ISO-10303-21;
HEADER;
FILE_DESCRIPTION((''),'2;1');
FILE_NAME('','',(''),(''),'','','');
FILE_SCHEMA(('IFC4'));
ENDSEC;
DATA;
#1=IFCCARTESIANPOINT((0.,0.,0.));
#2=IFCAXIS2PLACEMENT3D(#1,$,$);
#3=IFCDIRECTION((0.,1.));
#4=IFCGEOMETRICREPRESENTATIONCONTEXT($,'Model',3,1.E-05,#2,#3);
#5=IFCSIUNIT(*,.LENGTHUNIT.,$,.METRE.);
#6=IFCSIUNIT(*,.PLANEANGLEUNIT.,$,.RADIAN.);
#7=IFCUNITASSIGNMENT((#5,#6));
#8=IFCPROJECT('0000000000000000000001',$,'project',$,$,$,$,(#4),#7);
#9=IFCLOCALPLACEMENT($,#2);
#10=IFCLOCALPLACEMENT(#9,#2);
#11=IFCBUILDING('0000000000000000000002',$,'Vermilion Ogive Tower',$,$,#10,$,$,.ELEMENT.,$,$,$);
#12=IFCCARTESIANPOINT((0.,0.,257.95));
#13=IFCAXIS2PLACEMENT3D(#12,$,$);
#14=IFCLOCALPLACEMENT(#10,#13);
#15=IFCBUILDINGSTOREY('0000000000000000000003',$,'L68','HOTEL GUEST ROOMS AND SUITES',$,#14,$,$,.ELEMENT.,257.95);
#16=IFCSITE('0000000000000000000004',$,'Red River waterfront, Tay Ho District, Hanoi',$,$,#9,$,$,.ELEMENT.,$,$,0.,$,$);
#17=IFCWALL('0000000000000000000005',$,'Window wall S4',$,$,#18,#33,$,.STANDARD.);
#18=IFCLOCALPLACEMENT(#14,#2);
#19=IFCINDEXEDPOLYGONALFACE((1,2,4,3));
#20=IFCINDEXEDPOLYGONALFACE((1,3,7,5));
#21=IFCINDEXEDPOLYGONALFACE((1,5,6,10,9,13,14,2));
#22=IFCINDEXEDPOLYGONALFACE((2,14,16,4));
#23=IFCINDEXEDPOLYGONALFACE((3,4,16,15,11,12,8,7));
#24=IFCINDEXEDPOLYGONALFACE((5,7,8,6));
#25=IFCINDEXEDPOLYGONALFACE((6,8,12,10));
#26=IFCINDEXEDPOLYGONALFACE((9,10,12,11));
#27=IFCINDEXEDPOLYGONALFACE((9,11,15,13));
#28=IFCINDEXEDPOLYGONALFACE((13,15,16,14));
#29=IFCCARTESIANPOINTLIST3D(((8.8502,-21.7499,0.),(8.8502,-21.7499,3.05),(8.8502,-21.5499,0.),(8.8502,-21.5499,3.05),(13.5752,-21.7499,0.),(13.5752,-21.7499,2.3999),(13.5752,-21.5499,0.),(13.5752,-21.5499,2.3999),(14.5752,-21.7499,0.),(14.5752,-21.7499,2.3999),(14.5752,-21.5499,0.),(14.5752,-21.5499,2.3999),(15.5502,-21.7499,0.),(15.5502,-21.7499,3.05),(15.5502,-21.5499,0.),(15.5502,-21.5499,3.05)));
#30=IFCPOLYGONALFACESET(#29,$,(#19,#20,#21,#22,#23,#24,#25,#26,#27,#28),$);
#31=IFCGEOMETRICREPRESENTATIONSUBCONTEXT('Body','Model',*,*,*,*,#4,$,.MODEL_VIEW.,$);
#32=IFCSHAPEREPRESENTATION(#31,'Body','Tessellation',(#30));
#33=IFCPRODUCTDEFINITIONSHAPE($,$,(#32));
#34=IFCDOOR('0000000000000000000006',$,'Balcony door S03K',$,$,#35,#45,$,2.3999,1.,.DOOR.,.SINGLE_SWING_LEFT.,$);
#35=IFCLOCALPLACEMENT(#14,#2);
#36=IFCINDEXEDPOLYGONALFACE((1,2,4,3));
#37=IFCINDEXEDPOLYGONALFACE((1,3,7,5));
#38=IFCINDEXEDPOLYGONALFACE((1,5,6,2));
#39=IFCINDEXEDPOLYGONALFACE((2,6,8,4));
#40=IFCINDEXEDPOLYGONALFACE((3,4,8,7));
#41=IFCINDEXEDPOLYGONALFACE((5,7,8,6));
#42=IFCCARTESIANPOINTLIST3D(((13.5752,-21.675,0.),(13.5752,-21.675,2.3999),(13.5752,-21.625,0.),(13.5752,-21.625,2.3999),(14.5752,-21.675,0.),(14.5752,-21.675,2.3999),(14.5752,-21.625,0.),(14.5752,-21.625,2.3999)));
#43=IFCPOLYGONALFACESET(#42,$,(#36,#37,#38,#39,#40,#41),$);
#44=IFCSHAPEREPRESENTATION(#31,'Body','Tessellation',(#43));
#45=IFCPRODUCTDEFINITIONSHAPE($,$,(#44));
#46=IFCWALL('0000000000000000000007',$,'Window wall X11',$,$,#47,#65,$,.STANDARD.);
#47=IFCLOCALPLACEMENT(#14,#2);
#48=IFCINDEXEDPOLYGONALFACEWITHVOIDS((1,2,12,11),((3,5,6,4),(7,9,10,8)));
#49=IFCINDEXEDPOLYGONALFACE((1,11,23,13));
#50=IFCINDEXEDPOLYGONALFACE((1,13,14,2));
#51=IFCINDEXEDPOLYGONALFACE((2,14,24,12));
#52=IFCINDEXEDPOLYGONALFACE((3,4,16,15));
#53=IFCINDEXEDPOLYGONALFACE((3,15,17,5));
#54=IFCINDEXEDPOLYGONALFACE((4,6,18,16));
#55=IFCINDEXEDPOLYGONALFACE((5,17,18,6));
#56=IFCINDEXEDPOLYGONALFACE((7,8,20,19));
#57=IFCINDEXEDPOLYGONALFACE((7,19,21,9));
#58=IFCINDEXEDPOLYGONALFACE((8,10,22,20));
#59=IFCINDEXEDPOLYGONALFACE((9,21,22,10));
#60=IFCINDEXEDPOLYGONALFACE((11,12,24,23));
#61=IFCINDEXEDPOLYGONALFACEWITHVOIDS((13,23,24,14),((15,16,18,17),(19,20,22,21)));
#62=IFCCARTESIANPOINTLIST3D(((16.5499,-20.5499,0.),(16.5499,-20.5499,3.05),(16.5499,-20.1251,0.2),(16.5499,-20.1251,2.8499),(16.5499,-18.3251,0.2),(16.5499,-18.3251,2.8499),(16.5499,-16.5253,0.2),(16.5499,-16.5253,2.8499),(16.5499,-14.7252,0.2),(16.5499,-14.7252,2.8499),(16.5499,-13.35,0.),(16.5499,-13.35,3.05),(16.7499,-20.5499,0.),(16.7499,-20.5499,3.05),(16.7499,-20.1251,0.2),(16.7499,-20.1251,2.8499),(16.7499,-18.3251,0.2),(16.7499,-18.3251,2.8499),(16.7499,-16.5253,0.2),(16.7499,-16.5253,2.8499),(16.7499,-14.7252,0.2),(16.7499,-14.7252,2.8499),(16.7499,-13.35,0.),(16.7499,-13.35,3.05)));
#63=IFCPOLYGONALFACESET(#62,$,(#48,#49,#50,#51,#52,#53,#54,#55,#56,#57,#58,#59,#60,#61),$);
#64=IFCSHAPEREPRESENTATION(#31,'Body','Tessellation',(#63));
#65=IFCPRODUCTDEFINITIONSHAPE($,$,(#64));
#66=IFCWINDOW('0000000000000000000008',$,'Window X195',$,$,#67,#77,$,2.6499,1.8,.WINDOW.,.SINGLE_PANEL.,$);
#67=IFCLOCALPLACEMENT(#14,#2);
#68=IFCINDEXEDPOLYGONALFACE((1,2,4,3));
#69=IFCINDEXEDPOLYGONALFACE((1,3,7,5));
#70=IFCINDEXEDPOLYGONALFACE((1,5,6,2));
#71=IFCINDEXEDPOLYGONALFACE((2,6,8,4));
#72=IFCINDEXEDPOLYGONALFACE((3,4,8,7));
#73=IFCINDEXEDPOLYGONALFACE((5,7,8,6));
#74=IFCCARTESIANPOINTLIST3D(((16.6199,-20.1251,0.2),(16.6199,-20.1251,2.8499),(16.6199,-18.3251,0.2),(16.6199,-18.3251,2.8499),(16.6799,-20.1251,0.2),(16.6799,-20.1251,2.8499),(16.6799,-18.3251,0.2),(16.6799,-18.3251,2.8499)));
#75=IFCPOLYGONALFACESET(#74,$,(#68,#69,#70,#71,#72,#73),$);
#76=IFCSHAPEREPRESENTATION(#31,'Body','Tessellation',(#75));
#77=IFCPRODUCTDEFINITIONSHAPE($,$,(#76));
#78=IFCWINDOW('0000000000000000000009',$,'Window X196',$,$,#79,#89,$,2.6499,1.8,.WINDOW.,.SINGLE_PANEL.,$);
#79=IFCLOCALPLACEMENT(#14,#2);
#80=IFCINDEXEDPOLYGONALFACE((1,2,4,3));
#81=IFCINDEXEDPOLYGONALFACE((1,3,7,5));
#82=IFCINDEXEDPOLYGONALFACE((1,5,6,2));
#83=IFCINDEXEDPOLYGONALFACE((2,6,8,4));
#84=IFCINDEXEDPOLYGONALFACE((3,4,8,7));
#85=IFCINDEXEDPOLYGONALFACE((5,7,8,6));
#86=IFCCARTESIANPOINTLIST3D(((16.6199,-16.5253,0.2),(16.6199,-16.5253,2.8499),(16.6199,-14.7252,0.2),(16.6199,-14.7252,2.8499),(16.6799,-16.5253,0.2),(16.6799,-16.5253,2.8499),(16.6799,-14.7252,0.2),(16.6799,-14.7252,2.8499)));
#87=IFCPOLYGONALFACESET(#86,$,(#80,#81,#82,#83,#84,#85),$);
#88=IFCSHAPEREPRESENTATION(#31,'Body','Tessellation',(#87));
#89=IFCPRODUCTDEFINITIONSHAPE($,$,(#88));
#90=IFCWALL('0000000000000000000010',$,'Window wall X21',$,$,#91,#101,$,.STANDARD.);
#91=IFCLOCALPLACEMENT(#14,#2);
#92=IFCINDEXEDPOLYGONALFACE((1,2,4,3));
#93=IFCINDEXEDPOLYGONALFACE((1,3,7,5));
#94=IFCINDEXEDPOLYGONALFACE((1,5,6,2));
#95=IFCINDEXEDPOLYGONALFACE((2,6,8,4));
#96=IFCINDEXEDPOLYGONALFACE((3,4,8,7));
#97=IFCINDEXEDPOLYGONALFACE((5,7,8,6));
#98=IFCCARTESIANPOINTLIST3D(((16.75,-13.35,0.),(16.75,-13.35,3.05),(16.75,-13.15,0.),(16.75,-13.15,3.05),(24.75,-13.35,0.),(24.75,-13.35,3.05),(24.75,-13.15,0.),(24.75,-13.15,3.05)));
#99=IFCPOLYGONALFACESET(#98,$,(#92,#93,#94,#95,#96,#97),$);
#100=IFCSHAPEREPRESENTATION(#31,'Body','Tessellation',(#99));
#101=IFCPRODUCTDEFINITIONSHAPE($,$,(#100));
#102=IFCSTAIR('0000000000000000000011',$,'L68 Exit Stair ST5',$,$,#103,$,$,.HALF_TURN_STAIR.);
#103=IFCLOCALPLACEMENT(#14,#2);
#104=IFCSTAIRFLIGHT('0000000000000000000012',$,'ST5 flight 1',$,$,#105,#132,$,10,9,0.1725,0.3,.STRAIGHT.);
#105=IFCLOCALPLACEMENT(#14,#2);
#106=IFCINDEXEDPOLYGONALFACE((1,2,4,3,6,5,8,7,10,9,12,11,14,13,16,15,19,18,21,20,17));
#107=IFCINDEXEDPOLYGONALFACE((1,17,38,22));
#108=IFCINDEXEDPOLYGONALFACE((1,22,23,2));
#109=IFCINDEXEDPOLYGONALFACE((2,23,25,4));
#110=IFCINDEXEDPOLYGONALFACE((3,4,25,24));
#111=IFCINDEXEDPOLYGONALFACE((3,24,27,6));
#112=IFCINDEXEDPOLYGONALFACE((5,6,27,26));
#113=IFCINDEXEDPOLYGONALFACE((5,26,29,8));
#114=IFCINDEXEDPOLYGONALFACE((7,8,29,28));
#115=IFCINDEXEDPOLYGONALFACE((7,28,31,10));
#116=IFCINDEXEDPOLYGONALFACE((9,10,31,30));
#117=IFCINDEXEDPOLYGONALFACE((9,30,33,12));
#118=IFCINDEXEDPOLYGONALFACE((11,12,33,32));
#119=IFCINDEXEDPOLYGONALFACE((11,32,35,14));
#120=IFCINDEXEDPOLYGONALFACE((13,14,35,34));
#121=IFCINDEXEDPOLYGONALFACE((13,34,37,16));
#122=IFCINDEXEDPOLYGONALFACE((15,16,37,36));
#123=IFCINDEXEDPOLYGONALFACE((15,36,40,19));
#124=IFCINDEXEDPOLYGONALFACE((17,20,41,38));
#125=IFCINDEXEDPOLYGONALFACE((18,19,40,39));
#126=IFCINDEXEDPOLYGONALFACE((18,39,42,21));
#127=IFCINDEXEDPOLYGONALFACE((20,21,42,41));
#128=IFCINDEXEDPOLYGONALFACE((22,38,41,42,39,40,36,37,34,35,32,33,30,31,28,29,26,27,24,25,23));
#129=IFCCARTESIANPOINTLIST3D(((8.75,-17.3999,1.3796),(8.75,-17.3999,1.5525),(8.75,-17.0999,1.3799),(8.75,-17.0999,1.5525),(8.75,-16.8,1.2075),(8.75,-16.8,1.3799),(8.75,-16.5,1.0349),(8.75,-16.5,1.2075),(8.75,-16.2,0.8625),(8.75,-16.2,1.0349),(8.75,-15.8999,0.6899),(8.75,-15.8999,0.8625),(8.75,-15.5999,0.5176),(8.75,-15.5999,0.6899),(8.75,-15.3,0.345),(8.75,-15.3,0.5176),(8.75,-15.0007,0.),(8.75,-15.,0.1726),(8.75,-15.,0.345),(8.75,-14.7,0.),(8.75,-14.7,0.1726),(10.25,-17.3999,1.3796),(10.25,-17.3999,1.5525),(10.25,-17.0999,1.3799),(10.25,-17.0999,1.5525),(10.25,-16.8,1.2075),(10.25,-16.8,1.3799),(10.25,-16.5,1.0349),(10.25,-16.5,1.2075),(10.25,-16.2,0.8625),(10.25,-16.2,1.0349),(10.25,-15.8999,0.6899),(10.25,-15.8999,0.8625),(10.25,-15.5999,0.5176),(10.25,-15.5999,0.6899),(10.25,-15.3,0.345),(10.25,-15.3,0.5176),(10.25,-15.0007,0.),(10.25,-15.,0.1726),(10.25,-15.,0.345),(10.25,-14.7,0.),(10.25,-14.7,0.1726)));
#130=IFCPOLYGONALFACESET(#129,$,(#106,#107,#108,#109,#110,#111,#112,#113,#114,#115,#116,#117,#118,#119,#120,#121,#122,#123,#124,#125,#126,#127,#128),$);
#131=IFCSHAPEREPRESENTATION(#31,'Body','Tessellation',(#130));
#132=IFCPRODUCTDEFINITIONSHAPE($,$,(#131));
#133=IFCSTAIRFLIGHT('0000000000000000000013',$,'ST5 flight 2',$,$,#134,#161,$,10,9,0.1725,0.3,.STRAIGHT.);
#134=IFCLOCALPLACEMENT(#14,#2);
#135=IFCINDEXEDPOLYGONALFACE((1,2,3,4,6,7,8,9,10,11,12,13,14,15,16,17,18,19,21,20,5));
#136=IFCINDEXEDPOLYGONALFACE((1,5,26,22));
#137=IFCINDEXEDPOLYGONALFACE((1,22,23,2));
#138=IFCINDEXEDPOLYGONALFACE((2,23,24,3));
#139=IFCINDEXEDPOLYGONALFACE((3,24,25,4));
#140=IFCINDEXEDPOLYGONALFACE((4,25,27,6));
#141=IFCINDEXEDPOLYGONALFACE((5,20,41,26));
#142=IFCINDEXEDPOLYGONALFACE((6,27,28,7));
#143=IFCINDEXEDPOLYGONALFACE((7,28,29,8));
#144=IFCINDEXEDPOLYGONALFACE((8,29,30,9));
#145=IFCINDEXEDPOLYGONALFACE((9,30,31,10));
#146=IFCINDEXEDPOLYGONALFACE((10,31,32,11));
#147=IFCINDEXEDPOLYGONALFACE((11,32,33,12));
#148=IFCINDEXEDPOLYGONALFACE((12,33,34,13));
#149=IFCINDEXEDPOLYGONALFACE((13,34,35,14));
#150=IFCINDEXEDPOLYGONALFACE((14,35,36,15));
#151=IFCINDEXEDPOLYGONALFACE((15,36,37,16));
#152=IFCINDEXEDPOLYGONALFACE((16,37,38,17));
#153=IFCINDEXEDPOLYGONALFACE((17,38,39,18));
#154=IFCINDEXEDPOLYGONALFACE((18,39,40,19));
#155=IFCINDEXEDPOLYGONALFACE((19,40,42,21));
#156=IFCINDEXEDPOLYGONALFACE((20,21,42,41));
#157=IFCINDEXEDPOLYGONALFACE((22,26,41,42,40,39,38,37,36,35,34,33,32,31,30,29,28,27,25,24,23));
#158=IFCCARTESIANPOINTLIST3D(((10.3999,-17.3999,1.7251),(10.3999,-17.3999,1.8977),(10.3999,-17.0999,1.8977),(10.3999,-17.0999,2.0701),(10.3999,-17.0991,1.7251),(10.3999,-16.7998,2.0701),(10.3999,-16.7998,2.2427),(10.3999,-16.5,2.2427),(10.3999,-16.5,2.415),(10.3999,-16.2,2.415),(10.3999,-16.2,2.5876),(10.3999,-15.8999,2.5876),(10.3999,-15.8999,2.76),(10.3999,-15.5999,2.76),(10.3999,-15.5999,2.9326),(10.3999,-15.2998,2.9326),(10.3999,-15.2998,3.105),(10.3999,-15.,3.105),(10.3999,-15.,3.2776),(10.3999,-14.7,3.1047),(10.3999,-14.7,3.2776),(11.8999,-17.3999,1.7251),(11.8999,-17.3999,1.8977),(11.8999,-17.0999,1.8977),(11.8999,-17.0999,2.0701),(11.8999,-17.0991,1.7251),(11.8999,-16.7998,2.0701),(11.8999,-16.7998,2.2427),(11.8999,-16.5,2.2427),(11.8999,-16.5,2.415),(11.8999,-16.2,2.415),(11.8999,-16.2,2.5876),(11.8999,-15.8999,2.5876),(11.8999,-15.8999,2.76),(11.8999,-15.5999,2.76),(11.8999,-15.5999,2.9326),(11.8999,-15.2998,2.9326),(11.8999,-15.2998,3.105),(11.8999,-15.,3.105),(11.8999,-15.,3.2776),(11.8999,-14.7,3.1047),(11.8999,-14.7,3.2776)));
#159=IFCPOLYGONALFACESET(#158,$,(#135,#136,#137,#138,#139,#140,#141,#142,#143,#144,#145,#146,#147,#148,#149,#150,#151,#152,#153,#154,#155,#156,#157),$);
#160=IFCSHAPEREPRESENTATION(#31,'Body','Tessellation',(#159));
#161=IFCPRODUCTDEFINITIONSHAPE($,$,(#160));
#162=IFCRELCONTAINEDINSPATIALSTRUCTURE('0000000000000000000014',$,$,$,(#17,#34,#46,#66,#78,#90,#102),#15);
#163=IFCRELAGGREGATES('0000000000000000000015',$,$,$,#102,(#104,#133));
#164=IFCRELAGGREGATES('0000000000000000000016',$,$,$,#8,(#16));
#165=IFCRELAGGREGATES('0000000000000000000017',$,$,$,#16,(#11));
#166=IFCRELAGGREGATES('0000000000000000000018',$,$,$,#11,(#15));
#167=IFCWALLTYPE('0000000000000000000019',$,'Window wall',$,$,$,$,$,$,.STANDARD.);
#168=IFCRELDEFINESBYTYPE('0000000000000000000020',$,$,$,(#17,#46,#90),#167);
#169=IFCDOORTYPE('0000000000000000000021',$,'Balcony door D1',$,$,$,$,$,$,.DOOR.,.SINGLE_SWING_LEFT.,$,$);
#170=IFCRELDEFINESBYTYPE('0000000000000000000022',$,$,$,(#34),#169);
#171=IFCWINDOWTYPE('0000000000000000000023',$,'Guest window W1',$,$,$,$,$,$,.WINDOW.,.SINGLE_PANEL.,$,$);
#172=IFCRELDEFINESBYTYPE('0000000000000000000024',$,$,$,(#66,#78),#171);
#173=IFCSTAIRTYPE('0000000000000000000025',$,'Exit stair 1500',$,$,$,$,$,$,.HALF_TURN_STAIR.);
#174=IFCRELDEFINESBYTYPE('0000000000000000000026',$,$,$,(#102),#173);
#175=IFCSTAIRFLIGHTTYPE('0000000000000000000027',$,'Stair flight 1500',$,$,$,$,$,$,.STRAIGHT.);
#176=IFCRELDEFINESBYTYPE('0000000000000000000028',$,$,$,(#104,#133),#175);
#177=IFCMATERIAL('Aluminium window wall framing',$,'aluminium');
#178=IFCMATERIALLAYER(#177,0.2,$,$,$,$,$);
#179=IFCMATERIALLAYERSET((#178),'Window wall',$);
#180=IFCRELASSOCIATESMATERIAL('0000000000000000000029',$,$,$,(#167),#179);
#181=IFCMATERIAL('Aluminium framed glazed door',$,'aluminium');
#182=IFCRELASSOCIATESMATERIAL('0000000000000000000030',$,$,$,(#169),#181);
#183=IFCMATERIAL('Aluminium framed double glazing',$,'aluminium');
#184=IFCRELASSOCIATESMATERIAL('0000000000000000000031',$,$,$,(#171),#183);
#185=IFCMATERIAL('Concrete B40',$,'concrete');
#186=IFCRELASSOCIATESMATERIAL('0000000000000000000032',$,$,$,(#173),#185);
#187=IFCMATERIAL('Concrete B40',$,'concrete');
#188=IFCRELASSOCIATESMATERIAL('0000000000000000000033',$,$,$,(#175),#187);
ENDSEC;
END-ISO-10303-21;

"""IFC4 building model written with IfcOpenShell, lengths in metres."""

from ifc_helpers import new_model, si_unit, direction, frame, frame_2d, origin, place, context, subcontext, project, spatial, polyline, rectangle, outline, extrude, material, layer, layer_set, type_object, element, fill, aggregate, save


model = new_model("IFC4")

# Units and contexts
model_context = context("Model", 3, precision=1e-05, world=origin(), true_north=direction((0.0, 1.0)))
body_context = subcontext(model_context, "Body", "Model", "MODEL_VIEW")
ifc_project = project(units=[si_unit("LENGTHUNIT", "METRE"), si_unit("PLANEANGLEUNIT", "RADIAN")], contexts=[model_context])

# Site, building, storey
site_placement = place(None, origin())
site = spatial("IfcSite", under=ifc_project, at=site_placement, Name="Red River waterfront, Tay Ho District, Hanoi", CompositionType="ELEMENT", RefElevation=0.0)
building_placement = place(site_placement, origin())
building = spatial("IfcBuilding", under=site, at=building_placement, Name="Vermilion Ogive Tower", CompositionType="ELEMENT")
storey_placement = place(building_placement, frame((0.0, 0.0, 257.95)))
storey = spatial("IfcBuildingStorey", under=building, at=storey_placement, Name="L68", Description="HOTEL GUEST ROOMS AND SUITES", CompositionType="ELEMENT", Elevation=257.95)

# Wall, opening, door
ifc_material_1 = material(Name="Aluminium window wall framing", Category="aluminium")
ifc_layer_1 = layer(ifc_material_1, 0.2)
ifc_layer_set_1 = layer_set([ifc_layer_1], Name="Window wall")
wall_type_1 = type_object("IfcWallType", Name="Window wall", PredefinedType="STANDARD", material=ifc_layer_set_1)
wall_1_placement = place(storey_placement, frame((8.8501, -21.6499, 0.0), z_axis=(0.0, 0.0, 1.0), x_axis=(1.0, 0.0, 0.0)))
wall_1 = element("IfcWall", 1, at=wall_1_placement, inside=storey, type_object=wall_type_1, Name="Window wall S4", PredefinedType="STANDARD", context=body_context, shape_type="SweptSolid", body=[
    extrude(rectangle(XDim=6.7, YDim=0.2, at=frame_2d((3.3501, 0.0))), origin(), (0.0, 0.0, 1.0), 3.05),
])
opening_1_placement = place(wall_1_placement, frame((4.7251, 0.0, 0.0)))
opening_1 = element("IfcOpeningElement", 2, at=opening_1_placement, cuts=wall_1, PredefinedType="OPENING", context=body_context, shape_type="SweptSolid", body=[
    extrude(rectangle(XDim=1.0, YDim=2.3999, at=frame_2d((0.5, 1.2))), frame((0.0, 0.1099, 0.0), z_axis=(0.0, -1.0, 0.0), x_axis=(1.0, 0.0, 0.0)), (0.0, 0.0, 1.0), 0.22),
])
ifc_material_2 = material(Name="Aluminium framed glazed door", Category="aluminium")
door_type = type_object("IfcDoorType", Name="Balcony door D1", OperationType="SINGLE_SWING_LEFT", PredefinedType="DOOR", material=ifc_material_2)
door_placement = place(opening_1_placement, origin())
door = element("IfcDoor", 3, at=door_placement, inside=storey, type_object=door_type, Name="Balcony door S03K", OperationType="SINGLE_SWING_LEFT", OverallHeight=2.3999, OverallWidth=1.0, PredefinedType="DOOR", context=body_context, shape_type="SweptSolid", body=[
    extrude(rectangle(XDim=1.0, YDim=2.3999, at=frame_2d((0.5, 1.2))), frame((0.0, 0.0249, 0.0), z_axis=(0.0, -1.0, 0.0), x_axis=(1.0, 0.0, 0.0)), (0.0, 0.0, 1.0), 0.05),
])
fill(opening_1, door)

# Wall, openings, windows
wall_2_placement = place(storey_placement, frame((16.6499, -20.55, 0.0), z_axis=(0.0, 0.0, 1.0), x_axis=(0.0, 1.0, 0.0)))
wall_2 = element("IfcWall", 4, at=wall_2_placement, inside=storey, type_object=wall_type_1, Name="Window wall X11", PredefinedType="STANDARD", context=body_context, shape_type="SweptSolid", body=[
    extrude(rectangle(XDim=7.2, YDim=0.2, at=frame_2d((3.6001, 0.0))), origin(), (0.0, 0.0, 1.0), 3.05),
])
opening_2_placement = place(wall_2_placement, frame((0.425, 0.0, 0.2)))
opening_2 = element("IfcOpeningElement", 5, at=opening_2_placement, cuts=wall_2, PredefinedType="OPENING", context=body_context, shape_type="SweptSolid", body=[
    extrude(rectangle(XDim=1.8, YDim=2.6499, at=frame_2d((0.8999, 1.325))), frame((0.0, 0.1099, 0.0), z_axis=(0.0, -1.0, 0.0), x_axis=(1.0, 0.0, 0.0)), (0.0, 0.0, 1.0), 0.22),
])
opening_3_placement = place(wall_2_placement, frame((4.0249, 0.0, 0.2)))
opening_3 = element("IfcOpeningElement", 6, at=opening_3_placement, cuts=wall_2, PredefinedType="OPENING", context=body_context, shape_type="SweptSolid", body=[
    extrude(rectangle(XDim=1.8, YDim=2.6499, at=frame_2d((0.8999, 1.325))), frame((0.0, 0.1099, 0.0), z_axis=(0.0, -1.0, 0.0), x_axis=(1.0, 0.0, 0.0)), (0.0, 0.0, 1.0), 0.22),
])
ifc_material_3 = material(Name="Aluminium framed double glazing", Category="aluminium")
window_type = type_object("IfcWindowType", Name="Guest window W1", PartitioningType="SINGLE_PANEL", PredefinedType="WINDOW", material=ifc_material_3)
window_1_placement = place(opening_2_placement, origin())
window_1 = element("IfcWindow", 7, at=window_1_placement, inside=storey, type_object=window_type, Name="Window X195", OverallHeight=2.6499, OverallWidth=1.8, PartitioningType="SINGLE_PANEL", PredefinedType="WINDOW", context=body_context, shape_type="SweptSolid", body=[
    extrude(rectangle(XDim=1.8, YDim=2.6499, at=frame_2d((0.8999, 1.325))), frame((0.0, 0.03, 0.0), z_axis=(0.0, -1.0, 0.0), x_axis=(1.0, 0.0, 0.0)), (0.0, 0.0, 1.0), 0.0601),
])
fill(opening_2, window_1)
window_2_placement = place(opening_3_placement, origin())
window_2 = element("IfcWindow", 8, at=window_2_placement, inside=storey, type_object=window_type, Name="Window X196", OverallHeight=2.6499, OverallWidth=1.8, PartitioningType="SINGLE_PANEL", PredefinedType="WINDOW", context=body_context, shape_type="SweptSolid", body=[
    extrude(rectangle(XDim=1.8, YDim=2.6499, at=frame_2d((0.8999, 1.325))), frame((0.0, 0.03, 0.0), z_axis=(0.0, -1.0, 0.0), x_axis=(1.0, 0.0, 0.0)), (0.0, 0.0, 1.0), 0.0601),
])
fill(opening_3, window_2)

# Wall
wall_3_placement = place(storey_placement, frame((16.75, -13.25, 0.0), z_axis=(0.0, 0.0, 1.0), x_axis=(1.0, 0.0, 0.0)))
element("IfcWall", 9, at=wall_3_placement, inside=storey, type_object=wall_type_1, Name="Window wall X21", PredefinedType="STANDARD", context=body_context, shape_type="SweptSolid", body=[
    extrude(rectangle(XDim=8.0, YDim=0.2, at=frame_2d((4.0, 0.0))), origin(), (0.0, 0.0, 1.0), 3.05),
])

# Stair, stair flights
ifc_material_4 = material(Name="Concrete B40", Category="concrete")
stair_type = type_object("IfcStairType", Name="Exit stair 1500", PredefinedType="HALF_TURN_STAIR", material=ifc_material_4)
stair_placement = place(storey_placement, origin())
stair = element("IfcStair", 10, at=stair_placement, inside=storey, type_object=stair_type, Name="L68 Exit Stair ST5", PredefinedType="HALF_TURN_STAIR")
ifc_material_5 = material(Name="Concrete B40", Category="concrete")
stair_flight_type = type_object("IfcStairFlightType", Name="Stair flight 1500", PredefinedType="STRAIGHT", material=ifc_material_5)
stair_flight_1_placement = place(storey_placement, frame((9.5, -14.7, 0.0), z_axis=(0.0, 0.0, 1.0), x_axis=(0.0, -1.0, 0.0)))
stair_flight_1 = element("IfcStairFlight", 11, at=stair_flight_1_placement, type_object=stair_flight_type, Name="ST5 flight 1", NumberOfRisers=10, NumberOfTreads=9, PredefinedType="STRAIGHT", RiserHeight=0.1725, TreadLength=0.3, context=body_context, shape_type="SweptSolid", body=[
    extrude(outline(polyline([(0.0, 0.0), (0.0, 0.1726), (0.3, 0.1726), (0.3, 0.345), (0.6001, 0.345), (0.6001, 0.5176), (0.8999, 0.5176), (0.8999, 0.6899), (1.2, 0.6899), (1.2, 0.8625), (1.5, 0.8625), (1.5, 1.0349), (1.8, 1.0349), (1.8, 1.2075), (2.1001, 1.2075), (2.1001, 1.3799), (2.3999, 1.3799), (2.3999, 1.5525), (2.7, 1.5525), (2.7, 1.7251), (2.7, 1.3796), (0.3008, 0.0), (0.0, 0.0)])), frame((0.0, 0.75, 0.0), z_axis=(0.0, -1.0, 0.0), x_axis=(1.0, 0.0, 0.0)), (0.0, 0.0, 1.0), 1.5),
])
stair_flight_2_placement = place(storey_placement, frame((11.1499, -17.3999, 1.7251), z_axis=(0.0, 0.0, 1.0), x_axis=(0.0, 1.0, 0.0)))
stair_flight_2 = element("IfcStairFlight", 12, at=stair_flight_2_placement, type_object=stair_flight_type, Name="ST5 flight 2", NumberOfRisers=10, NumberOfTreads=9, PredefinedType="STRAIGHT", RiserHeight=0.1725, TreadLength=0.3, context=body_context, shape_type="SweptSolid", body=[
    extrude(outline(polyline([(0.0, 0.0), (0.0, 0.1726), (0.3, 0.1726), (0.3, 0.345), (0.6001, 0.345), (0.6001, 0.5176), (0.8999, 0.5176), (0.8999, 0.6899), (1.2, 0.6899), (1.2, 0.8625), (1.5, 0.8625), (1.5, 1.0349), (1.8, 1.0349), (1.8, 1.2075), (2.1001, 1.2075), (2.1001, 1.3799), (2.3999, 1.3799), (2.3999, 1.5525), (2.7, 1.5525), (2.7, 1.7251), (2.7, 1.3796), (0.3008, 0.0), (0.0, 0.0)])), frame((0.0, 0.75, 0.0), z_axis=(0.0, -1.0, 0.0), x_axis=(1.0, 0.0, 0.0)), (0.0, 0.0, 1.0), 1.5),
])
aggregate(stair, [stair_flight_1, stair_flight_2])

save(model, "model.ifc")
